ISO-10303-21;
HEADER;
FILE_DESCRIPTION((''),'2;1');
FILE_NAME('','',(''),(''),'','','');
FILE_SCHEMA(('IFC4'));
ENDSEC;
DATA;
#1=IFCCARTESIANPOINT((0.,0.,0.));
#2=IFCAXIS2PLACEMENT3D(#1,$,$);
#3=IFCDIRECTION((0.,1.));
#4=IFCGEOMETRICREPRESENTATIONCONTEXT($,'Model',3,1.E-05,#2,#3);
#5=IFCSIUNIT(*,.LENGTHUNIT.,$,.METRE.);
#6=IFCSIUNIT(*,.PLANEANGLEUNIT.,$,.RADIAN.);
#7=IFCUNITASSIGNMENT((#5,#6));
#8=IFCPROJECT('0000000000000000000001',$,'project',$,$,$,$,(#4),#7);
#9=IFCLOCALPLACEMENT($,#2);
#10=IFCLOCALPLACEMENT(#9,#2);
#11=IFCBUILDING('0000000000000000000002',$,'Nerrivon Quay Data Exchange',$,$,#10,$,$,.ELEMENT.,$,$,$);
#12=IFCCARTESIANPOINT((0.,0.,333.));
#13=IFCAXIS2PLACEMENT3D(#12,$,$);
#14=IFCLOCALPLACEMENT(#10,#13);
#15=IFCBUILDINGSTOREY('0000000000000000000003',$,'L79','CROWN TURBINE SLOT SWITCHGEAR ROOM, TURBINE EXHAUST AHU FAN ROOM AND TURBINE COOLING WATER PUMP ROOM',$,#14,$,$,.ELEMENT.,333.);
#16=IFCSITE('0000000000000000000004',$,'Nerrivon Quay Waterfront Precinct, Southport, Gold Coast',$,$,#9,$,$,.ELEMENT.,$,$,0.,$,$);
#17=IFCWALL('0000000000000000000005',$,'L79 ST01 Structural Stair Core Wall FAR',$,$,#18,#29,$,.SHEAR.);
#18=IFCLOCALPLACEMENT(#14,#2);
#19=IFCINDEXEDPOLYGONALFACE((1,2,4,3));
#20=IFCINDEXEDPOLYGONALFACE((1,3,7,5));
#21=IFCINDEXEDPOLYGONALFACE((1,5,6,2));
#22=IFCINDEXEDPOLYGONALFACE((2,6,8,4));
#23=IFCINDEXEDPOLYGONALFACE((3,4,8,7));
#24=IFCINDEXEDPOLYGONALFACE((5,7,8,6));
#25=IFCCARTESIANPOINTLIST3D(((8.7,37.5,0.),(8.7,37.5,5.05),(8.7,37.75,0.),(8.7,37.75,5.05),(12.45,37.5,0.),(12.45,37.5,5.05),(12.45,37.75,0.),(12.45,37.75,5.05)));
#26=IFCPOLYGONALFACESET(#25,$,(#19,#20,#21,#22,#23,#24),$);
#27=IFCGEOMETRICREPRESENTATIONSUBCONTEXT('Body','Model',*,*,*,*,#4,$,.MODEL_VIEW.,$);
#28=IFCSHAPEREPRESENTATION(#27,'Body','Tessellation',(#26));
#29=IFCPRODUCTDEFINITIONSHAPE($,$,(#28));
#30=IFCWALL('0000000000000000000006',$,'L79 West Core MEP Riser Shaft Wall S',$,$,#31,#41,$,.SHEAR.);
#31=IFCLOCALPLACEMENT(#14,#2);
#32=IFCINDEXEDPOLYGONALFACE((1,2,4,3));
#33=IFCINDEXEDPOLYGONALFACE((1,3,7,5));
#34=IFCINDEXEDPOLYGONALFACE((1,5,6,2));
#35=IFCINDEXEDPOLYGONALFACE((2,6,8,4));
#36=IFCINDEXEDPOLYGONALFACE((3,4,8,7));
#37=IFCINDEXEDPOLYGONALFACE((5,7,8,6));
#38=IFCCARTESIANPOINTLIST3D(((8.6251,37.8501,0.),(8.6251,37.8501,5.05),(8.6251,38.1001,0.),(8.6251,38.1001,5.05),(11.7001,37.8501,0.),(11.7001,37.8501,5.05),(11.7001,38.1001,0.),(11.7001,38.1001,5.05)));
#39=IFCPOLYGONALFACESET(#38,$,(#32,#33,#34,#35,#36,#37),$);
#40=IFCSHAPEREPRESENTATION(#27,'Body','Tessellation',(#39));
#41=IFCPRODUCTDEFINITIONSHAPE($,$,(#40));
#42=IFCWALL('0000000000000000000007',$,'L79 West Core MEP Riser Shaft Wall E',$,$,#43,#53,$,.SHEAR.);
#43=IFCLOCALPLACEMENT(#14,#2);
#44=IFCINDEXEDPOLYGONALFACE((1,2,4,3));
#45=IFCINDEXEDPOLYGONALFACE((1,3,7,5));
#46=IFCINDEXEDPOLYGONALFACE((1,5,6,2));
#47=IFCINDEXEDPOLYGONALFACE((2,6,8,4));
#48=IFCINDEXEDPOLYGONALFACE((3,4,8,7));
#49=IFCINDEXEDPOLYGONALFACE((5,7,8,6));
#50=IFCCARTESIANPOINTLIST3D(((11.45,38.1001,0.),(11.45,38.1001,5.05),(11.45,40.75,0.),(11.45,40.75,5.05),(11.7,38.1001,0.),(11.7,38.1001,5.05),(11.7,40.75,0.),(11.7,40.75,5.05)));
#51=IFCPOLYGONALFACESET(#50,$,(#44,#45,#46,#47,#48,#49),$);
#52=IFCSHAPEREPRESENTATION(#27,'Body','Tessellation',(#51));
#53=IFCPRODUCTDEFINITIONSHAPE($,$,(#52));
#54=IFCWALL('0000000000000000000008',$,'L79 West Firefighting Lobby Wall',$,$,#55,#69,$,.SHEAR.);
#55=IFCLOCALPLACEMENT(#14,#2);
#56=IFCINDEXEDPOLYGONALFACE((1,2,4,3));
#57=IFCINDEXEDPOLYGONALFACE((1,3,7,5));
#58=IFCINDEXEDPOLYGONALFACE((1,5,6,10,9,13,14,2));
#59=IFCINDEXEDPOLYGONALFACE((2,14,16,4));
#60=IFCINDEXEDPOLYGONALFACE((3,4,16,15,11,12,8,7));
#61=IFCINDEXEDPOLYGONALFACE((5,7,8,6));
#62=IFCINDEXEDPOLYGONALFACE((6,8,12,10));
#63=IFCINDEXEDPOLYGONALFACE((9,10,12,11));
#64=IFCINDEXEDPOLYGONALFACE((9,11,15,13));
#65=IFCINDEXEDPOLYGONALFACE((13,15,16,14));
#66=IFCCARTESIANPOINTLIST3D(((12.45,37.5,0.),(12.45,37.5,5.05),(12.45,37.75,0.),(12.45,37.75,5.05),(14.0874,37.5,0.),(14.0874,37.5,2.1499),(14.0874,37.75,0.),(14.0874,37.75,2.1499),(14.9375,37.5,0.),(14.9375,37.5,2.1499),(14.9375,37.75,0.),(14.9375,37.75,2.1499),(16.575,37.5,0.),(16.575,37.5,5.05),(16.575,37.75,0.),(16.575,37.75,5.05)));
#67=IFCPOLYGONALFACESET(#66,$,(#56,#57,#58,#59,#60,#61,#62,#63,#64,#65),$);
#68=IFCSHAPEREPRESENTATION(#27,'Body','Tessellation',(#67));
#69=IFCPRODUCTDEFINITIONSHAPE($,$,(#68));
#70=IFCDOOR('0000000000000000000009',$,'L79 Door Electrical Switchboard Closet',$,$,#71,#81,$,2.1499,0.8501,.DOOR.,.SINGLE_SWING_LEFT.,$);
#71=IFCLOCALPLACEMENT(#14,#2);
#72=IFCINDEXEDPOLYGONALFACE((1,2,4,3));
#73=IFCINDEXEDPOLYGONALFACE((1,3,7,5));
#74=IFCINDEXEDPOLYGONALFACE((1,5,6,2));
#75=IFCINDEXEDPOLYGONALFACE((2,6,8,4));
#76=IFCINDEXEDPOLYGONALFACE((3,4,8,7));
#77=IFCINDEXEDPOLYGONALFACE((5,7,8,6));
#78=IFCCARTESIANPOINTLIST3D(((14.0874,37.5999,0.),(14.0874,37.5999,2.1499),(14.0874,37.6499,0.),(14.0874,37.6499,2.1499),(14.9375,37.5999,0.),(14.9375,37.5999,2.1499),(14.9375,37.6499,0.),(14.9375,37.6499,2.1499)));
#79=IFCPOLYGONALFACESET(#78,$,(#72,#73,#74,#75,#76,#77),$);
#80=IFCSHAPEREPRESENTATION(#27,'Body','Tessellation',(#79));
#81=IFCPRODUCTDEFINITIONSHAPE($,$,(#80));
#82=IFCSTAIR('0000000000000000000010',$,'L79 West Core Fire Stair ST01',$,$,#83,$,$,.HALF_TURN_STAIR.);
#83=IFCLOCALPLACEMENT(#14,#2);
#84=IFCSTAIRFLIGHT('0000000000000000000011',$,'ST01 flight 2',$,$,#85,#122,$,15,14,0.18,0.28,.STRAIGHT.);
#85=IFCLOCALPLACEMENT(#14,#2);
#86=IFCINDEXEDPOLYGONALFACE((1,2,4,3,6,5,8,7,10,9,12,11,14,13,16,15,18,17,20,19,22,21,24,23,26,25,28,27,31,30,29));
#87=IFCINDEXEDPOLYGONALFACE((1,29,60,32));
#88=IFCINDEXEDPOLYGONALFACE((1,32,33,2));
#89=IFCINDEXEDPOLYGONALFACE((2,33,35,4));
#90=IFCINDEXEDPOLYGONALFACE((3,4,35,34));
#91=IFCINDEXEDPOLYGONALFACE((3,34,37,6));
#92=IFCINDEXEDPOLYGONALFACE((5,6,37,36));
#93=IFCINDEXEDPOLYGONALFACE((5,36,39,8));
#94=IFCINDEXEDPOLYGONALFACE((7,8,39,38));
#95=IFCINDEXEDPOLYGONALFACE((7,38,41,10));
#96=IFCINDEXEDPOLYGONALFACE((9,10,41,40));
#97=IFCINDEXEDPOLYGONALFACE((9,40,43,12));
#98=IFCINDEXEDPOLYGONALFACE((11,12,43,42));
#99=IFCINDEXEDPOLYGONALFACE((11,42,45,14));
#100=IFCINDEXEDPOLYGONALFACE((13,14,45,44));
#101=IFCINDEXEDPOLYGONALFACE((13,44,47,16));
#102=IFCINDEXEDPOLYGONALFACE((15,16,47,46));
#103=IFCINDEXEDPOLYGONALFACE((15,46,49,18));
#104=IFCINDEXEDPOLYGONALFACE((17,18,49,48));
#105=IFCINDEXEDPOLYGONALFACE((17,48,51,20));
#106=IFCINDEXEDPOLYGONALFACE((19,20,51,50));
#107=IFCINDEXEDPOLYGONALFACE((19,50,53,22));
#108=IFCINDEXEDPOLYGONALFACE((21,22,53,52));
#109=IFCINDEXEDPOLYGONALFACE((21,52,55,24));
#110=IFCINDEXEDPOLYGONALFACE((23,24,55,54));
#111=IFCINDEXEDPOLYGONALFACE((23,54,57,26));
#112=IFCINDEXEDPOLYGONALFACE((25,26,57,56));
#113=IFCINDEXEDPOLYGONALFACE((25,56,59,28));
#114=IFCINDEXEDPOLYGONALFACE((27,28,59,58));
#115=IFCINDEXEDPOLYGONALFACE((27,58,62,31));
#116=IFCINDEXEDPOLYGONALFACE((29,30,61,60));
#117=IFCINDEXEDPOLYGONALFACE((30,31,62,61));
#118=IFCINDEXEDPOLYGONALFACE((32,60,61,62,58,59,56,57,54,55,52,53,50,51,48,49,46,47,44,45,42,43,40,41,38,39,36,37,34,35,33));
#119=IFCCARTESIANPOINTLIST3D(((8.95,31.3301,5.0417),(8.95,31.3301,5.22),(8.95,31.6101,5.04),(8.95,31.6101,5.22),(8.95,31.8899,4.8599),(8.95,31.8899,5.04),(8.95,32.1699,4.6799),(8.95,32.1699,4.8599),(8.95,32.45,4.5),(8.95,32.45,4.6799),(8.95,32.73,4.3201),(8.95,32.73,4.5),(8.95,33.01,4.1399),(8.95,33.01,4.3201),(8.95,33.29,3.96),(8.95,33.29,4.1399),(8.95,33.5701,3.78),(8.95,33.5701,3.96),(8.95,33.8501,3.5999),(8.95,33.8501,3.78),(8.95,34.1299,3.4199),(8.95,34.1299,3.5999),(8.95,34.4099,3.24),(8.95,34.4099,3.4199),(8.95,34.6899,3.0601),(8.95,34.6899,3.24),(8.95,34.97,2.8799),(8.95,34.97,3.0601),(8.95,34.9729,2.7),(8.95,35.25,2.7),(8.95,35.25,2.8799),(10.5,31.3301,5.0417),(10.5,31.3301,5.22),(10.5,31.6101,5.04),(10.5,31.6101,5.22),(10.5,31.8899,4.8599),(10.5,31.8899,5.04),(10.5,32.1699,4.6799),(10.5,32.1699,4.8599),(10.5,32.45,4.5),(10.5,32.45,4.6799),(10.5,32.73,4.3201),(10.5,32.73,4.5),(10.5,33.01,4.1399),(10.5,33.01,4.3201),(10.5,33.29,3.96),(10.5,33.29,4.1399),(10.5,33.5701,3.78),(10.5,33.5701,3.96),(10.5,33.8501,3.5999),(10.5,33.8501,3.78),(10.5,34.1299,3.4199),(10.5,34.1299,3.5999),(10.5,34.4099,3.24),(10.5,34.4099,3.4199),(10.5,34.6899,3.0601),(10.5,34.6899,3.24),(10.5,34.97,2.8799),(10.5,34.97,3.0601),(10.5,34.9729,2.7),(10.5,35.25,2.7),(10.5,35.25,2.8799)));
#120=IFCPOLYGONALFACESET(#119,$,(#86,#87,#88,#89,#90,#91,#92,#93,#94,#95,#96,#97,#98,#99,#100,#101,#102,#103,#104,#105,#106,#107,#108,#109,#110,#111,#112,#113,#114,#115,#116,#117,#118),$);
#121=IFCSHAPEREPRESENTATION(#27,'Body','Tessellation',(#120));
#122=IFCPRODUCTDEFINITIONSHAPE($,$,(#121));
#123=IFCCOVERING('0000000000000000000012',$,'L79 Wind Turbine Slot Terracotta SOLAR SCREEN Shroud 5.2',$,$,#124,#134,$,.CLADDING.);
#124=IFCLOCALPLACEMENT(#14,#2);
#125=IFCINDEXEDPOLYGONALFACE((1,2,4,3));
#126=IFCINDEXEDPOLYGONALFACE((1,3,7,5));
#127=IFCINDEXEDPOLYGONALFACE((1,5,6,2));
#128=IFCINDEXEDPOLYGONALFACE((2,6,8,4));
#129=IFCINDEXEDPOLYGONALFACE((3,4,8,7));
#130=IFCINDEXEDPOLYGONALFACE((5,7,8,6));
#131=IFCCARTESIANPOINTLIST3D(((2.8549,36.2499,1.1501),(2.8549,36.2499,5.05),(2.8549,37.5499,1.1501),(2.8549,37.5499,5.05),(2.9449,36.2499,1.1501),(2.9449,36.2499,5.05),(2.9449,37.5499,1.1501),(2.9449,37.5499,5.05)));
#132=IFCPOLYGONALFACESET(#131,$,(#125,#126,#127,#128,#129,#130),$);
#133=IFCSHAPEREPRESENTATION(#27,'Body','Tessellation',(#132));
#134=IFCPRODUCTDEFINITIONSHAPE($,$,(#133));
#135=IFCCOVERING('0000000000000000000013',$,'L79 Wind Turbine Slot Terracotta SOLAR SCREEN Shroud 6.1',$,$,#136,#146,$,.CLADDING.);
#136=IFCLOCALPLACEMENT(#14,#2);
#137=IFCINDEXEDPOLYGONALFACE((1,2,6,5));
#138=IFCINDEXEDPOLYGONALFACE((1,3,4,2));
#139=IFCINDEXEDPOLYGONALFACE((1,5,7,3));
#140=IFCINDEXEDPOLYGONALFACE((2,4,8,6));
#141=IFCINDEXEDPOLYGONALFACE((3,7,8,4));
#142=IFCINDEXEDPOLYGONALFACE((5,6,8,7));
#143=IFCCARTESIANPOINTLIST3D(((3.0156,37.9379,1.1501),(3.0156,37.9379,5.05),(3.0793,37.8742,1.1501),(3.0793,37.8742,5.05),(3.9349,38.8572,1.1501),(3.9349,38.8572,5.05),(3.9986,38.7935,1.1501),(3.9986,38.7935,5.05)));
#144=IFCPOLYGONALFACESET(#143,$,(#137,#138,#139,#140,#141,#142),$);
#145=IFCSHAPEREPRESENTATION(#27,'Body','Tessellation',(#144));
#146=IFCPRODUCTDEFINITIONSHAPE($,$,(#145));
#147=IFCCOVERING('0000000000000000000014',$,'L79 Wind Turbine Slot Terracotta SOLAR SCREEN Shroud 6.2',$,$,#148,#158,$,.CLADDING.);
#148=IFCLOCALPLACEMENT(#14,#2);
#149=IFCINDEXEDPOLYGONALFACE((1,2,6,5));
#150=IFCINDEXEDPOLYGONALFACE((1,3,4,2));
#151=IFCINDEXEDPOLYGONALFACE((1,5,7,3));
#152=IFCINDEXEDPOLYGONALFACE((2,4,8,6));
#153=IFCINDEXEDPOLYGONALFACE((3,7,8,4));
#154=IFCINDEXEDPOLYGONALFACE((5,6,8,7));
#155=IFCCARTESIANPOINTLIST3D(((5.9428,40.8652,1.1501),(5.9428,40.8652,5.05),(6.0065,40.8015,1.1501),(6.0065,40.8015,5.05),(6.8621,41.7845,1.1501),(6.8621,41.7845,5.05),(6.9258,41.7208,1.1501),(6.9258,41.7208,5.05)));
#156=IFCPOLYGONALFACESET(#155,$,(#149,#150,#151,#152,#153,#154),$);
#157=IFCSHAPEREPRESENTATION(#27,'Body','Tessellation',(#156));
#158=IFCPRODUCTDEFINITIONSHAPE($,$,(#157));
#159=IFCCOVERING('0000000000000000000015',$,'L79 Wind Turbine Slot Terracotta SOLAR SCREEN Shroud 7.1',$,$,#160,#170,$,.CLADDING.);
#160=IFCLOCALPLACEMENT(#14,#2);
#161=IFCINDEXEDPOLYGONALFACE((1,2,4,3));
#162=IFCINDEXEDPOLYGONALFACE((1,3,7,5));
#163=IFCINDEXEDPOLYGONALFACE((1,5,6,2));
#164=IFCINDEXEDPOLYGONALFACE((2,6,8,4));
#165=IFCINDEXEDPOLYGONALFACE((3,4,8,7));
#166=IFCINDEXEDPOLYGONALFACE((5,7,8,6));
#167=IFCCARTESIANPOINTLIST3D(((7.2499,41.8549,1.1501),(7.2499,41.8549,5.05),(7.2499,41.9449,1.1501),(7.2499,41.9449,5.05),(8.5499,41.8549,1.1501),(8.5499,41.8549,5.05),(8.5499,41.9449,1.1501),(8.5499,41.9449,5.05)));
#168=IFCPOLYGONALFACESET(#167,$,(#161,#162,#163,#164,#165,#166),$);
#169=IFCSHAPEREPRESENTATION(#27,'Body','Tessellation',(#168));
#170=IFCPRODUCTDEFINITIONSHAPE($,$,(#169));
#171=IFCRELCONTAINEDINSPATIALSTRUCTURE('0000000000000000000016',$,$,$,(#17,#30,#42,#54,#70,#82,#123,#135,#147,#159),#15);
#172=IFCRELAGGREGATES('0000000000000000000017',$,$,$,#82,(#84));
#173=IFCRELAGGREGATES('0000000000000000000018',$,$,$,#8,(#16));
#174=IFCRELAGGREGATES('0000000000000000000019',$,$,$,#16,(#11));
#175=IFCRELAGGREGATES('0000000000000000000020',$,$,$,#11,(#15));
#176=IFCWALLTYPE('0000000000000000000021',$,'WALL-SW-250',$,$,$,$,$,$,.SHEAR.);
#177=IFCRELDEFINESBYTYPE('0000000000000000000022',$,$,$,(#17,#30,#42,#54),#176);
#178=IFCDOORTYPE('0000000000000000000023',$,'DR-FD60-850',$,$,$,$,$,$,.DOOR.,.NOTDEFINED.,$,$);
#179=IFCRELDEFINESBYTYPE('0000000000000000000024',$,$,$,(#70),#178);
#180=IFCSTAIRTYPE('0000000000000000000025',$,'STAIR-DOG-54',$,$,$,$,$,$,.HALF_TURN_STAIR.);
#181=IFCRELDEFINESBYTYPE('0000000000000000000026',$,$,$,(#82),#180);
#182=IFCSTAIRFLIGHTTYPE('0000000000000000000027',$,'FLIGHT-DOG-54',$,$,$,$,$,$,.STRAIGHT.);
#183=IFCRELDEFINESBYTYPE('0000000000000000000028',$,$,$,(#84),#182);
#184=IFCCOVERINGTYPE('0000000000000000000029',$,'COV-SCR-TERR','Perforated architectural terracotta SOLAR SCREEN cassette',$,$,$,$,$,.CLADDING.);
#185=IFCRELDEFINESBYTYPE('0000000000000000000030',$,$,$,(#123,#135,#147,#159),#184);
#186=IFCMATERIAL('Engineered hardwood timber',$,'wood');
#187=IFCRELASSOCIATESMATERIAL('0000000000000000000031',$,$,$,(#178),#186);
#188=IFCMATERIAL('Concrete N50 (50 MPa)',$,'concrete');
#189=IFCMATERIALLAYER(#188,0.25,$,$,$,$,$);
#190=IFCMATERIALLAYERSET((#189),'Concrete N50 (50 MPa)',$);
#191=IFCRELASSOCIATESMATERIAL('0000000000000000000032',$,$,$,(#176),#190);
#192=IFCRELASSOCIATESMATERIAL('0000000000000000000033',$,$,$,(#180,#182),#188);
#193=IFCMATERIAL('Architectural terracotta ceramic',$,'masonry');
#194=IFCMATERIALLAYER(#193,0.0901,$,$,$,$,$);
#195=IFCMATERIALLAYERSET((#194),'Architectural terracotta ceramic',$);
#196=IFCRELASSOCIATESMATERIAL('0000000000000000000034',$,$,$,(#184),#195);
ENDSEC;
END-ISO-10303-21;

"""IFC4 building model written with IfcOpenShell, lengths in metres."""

from ifc_helpers import new_model, si_unit, direction, frame, frame_2d, origin, origin_2d, place, context, subcontext, project, spatial, polyline, rectangle, outline, extrude, material, layer, layer_set, type_object, element, fill, aggregate, save


model = new_model("IFC4")

# Units and contexts
model_context = context("Model", 3, precision=1e-05, world=origin(), true_north=direction((0.0, 1.0)))
body_context = subcontext(model_context, "Body", "Model", "MODEL_VIEW")
ifc_project = project(units=[si_unit("LENGTHUNIT", "METRE"), si_unit("PLANEANGLEUNIT", "RADIAN")], contexts=[model_context])

# Site, building, storey
site_placement = place(None, origin())
site = spatial("IfcSite", under=ifc_project, at=site_placement, Name="Nerrivon Quay Waterfront Precinct, Southport, Gold Coast", CompositionType="ELEMENT", RefElevation=0.0)
building_placement = place(site_placement, origin())
building = spatial("IfcBuilding", under=site, at=building_placement, Name="Nerrivon Quay Data Exchange", CompositionType="ELEMENT")
storey_placement = place(building_placement, frame((0.0, 0.0, 333.0)))
storey = spatial("IfcBuildingStorey", under=building, at=storey_placement, Name="L79", Description="CROWN TURBINE SLOT SWITCHGEAR ROOM, TURBINE EXHAUST AHU FAN ROOM AND TURBINE COOLING WATER PUMP ROOM", CompositionType="ELEMENT", Elevation=333.0)

# Shared definitions
ifc_material_1 = material(Name="Concrete N50 (50 MPa)", Category="concrete")

# Shared definitions
ifc_material_2 = material(Name="Engineered hardwood timber", Category="wood")
door_type_1 = type_object("IfcDoorType", Name="DR-FD60-850", OperationType="NOTDEFINED", PredefinedType="DOOR", material=ifc_material_2)

# Walls
ifc_layer_1 = layer(ifc_material_1, 0.25)
ifc_layer_set_1 = layer_set([ifc_layer_1], Name="Concrete N50 (50 MPa)")
wall_type_1 = type_object("IfcWallType", Name="WALL-SW-250", PredefinedType="SHEAR", material=ifc_layer_set_1)
wall_1_placement = place(storey_placement, frame((12.45, 37.625, 0.0), z_axis=(0.0, 0.0, 1.0), x_axis=(-1.0, 0.0, 0.0)))
element("IfcWall", 1, at=wall_1_placement, inside=storey, type_object=wall_type_1, Name="L79 ST01 Structural Stair Core Wall FAR", PredefinedType="SHEAR", context=body_context, shape_type="SweptSolid", body=[
    extrude(rectangle(XDim=3.75, YDim=0.25, at=frame_2d((1.875, 0.0))), origin(), (0.0, 0.0, 1.0), 5.05),
])
wall_2_placement = place(storey_placement, frame((8.625, 37.9751, 0.0), z_axis=(0.0, 0.0, 1.0), x_axis=(1.0, 0.0, 0.0)))
element("IfcWall", 2, at=wall_2_placement, inside=storey, type_object=wall_type_1, Name="L79 West Core MEP Riser Shaft Wall S", PredefinedType="SHEAR", context=body_context, shape_type="SweptSolid", body=[
    extrude(rectangle(XDim=3.075, YDim=0.25, at=frame_2d((1.5376, 0.0))), origin(), (0.0, 0.0, 1.0), 5.05),
])
wall_3_placement = place(storey_placement, frame((11.575, 38.1001, 0.0), z_axis=(0.0, 0.0, 1.0), x_axis=(0.0, 1.0, 0.0)))
element("IfcWall", 3, at=wall_3_placement, inside=storey, type_object=wall_type_1, Name="L79 West Core MEP Riser Shaft Wall E", PredefinedType="SHEAR", context=body_context, shape_type="SweptSolid", body=[
    extrude(rectangle(XDim=2.6499, YDim=0.25, at=frame_2d((1.325, 0.0))), origin(), (0.0, 0.0, 1.0), 5.05),
])

# Wall, opening, door
wall_4_placement = place(storey_placement, frame((12.45, 37.625, 0.0), z_axis=(0.0, 0.0, 1.0), x_axis=(1.0, 0.0, 0.0)))
wall_4 = element("IfcWall", 4, at=wall_4_placement, inside=storey, type_object=wall_type_1, Name="L79 West Firefighting Lobby Wall", PredefinedType="SHEAR", context=body_context, shape_type="SweptSolid", body=[
    extrude(rectangle(XDim=4.125, YDim=0.25, at=frame_2d((2.0625, 0.0))), origin(), (0.0, 0.0, 1.0), 5.05),
])
opening_1_placement = place(wall_4_placement, frame((1.6375, 0.0, 0.0)))
opening_1 = element("IfcOpeningElement", 5, at=opening_1_placement, cuts=wall_4, PredefinedType="OPENING", context=body_context, shape_type="SweptSolid", body=[
    extrude(rectangle(XDim=0.8501, YDim=2.1499, at=frame_2d((0.425, 1.075))), frame((0.0, 0.135, 0.0), z_axis=(0.0, -1.0, 0.0), x_axis=(1.0, 0.0, 0.0)), (0.0, 0.0, 1.0), 0.27),
])
door_1_placement = place(opening_1_placement, origin())
door_1 = element("IfcDoor", 6, at=door_1_placement, inside=storey, type_object=door_type_1, Name="L79 Door Electrical Switchboard Closet", OperationType="SINGLE_SWING_LEFT", OverallHeight=2.1499, OverallWidth=0.8501, PredefinedType="DOOR", context=body_context, shape_type="SweptSolid", body=[
    extrude(rectangle(XDim=0.8501, YDim=2.1499, at=frame_2d((0.425, 1.075))), frame((0.0, 0.0249, 0.0), z_axis=(0.0, -1.0, 0.0), x_axis=(1.0, 0.0, 0.0)), (0.0, 0.0, 1.0), 0.05),
])
fill(opening_1, door_1)

# Stair, stair flight
stair_type = type_object("IfcStairType", Name="STAIR-DOG-54", PredefinedType="HALF_TURN_STAIR", material=ifc_material_1)
stair_placement = place(storey_placement, origin())
stair = element("IfcStair", 7, at=stair_placement, inside=storey, type_object=stair_type, Name="L79 West Core Fire Stair ST01", PredefinedType="HALF_TURN_STAIR")
stair_flight_type = type_object("IfcStairFlightType", Name="FLIGHT-DOG-54", PredefinedType="STRAIGHT", material=ifc_material_1)
stair_flight_placement = place(storey_placement, frame((9.7251, 35.25, 2.7), z_axis=(0.0, 0.0, 1.0), x_axis=(0.0, -1.0, 0.0)))
stair_flight = element("IfcStairFlight", 8, at=stair_flight_placement, type_object=stair_flight_type, Name="ST01 flight 2", NumberOfRisers=15, NumberOfTreads=14, PredefinedType="STRAIGHT", RiserHeight=0.18, TreadLength=0.28, context=body_context, shape_type="SweptSolid", body=[
    extrude(outline(polyline([(0.0, 0.0), (0.0, 0.1799), (0.28, 0.1799), (0.28, 0.3601), (0.5601, 0.3601), (0.5601, 0.54), (0.8401, 0.54), (0.8401, 0.72), (1.1201, 0.72), (1.1201, 0.8999), (1.3999, 0.8999), (1.3999, 1.0801), (1.6799, 1.0801), (1.6799, 1.26), (1.96, 1.26), (1.96, 1.4399), (2.24, 1.4399), (2.24, 1.6201), (2.52, 1.6201), (2.52, 1.8), (2.8, 1.8), (2.8, 1.98), (3.0801, 1.98), (3.0801, 2.1599), (3.3601, 2.1599), (3.3601, 2.3401), (3.6399, 2.3401), (3.6399, 2.52), (3.9199, 2.52), (3.9199, 2.7), (3.9199, 2.3418), (0.2771, 0.0), (0.0, 0.0)])), frame((0.0, 0.7749, 0.0), z_axis=(0.0, -1.0, 0.0), x_axis=(1.0, 0.0, 0.0)), (0.0, 0.0, 1.0), 1.55),
])
aggregate(stair, [stair_flight])

# Coverings
ifc_material_3 = material(Name="Architectural terracotta ceramic", Category="masonry")
ifc_layer_2 = layer(ifc_material_3, 0.0901)
ifc_layer_set_2 = layer_set([ifc_layer_2], Name="Architectural terracotta ceramic")
covering_type = type_object("IfcCoveringType", Name="COV-SCR-TERR", Description="Perforated architectural terracotta SOLAR SCREEN cassette", PredefinedType="CLADDING", material=ifc_layer_set_2)
for number, where, z_axis, x_axis, name in (
    (9, (2.8999, 36.8999, 1.1501), (0.0, 0.0, 1.0), (0.0, 1.0, 0.0), "L79 Wind Turbine Slot Terracotta SOLAR SCREEN Shroud 5.2"),
    (10, (3.5071, 38.3657, 1.1501), (0.0, 0.0, 1.0), (0.707107, 0.707107, 0.0), "L79 Wind Turbine Slot Terracotta SOLAR SCREEN Shroud 6.1"),
    (11, (6.4343, 41.293, 1.1501), (0.0, 0.0, 1.0), (0.707107, 0.707107, 0.0), "L79 Wind Turbine Slot Terracotta SOLAR SCREEN Shroud 6.2"),
    (12, (7.8999, 41.8999, 1.1501), (0.0, 0.0, 1.0), (1.0, 0.0, 0.0), "L79 Wind Turbine Slot Terracotta SOLAR SCREEN Shroud 7.1"),
):
    element("IfcCovering", number, at=place(storey_placement, frame(where, z_axis=z_axis, x_axis=x_axis)), inside=storey, type_object=covering_type, Name=name, PredefinedType="CLADDING", context=body_context, shape_type="SweptSolid", body=[
        extrude(rectangle(XDim=1.3, YDim=0.0901, at=origin_2d()), origin(), (0.0, 0.0, 1.0), 3.8999),
    ])

save(model, "model.ifc")
